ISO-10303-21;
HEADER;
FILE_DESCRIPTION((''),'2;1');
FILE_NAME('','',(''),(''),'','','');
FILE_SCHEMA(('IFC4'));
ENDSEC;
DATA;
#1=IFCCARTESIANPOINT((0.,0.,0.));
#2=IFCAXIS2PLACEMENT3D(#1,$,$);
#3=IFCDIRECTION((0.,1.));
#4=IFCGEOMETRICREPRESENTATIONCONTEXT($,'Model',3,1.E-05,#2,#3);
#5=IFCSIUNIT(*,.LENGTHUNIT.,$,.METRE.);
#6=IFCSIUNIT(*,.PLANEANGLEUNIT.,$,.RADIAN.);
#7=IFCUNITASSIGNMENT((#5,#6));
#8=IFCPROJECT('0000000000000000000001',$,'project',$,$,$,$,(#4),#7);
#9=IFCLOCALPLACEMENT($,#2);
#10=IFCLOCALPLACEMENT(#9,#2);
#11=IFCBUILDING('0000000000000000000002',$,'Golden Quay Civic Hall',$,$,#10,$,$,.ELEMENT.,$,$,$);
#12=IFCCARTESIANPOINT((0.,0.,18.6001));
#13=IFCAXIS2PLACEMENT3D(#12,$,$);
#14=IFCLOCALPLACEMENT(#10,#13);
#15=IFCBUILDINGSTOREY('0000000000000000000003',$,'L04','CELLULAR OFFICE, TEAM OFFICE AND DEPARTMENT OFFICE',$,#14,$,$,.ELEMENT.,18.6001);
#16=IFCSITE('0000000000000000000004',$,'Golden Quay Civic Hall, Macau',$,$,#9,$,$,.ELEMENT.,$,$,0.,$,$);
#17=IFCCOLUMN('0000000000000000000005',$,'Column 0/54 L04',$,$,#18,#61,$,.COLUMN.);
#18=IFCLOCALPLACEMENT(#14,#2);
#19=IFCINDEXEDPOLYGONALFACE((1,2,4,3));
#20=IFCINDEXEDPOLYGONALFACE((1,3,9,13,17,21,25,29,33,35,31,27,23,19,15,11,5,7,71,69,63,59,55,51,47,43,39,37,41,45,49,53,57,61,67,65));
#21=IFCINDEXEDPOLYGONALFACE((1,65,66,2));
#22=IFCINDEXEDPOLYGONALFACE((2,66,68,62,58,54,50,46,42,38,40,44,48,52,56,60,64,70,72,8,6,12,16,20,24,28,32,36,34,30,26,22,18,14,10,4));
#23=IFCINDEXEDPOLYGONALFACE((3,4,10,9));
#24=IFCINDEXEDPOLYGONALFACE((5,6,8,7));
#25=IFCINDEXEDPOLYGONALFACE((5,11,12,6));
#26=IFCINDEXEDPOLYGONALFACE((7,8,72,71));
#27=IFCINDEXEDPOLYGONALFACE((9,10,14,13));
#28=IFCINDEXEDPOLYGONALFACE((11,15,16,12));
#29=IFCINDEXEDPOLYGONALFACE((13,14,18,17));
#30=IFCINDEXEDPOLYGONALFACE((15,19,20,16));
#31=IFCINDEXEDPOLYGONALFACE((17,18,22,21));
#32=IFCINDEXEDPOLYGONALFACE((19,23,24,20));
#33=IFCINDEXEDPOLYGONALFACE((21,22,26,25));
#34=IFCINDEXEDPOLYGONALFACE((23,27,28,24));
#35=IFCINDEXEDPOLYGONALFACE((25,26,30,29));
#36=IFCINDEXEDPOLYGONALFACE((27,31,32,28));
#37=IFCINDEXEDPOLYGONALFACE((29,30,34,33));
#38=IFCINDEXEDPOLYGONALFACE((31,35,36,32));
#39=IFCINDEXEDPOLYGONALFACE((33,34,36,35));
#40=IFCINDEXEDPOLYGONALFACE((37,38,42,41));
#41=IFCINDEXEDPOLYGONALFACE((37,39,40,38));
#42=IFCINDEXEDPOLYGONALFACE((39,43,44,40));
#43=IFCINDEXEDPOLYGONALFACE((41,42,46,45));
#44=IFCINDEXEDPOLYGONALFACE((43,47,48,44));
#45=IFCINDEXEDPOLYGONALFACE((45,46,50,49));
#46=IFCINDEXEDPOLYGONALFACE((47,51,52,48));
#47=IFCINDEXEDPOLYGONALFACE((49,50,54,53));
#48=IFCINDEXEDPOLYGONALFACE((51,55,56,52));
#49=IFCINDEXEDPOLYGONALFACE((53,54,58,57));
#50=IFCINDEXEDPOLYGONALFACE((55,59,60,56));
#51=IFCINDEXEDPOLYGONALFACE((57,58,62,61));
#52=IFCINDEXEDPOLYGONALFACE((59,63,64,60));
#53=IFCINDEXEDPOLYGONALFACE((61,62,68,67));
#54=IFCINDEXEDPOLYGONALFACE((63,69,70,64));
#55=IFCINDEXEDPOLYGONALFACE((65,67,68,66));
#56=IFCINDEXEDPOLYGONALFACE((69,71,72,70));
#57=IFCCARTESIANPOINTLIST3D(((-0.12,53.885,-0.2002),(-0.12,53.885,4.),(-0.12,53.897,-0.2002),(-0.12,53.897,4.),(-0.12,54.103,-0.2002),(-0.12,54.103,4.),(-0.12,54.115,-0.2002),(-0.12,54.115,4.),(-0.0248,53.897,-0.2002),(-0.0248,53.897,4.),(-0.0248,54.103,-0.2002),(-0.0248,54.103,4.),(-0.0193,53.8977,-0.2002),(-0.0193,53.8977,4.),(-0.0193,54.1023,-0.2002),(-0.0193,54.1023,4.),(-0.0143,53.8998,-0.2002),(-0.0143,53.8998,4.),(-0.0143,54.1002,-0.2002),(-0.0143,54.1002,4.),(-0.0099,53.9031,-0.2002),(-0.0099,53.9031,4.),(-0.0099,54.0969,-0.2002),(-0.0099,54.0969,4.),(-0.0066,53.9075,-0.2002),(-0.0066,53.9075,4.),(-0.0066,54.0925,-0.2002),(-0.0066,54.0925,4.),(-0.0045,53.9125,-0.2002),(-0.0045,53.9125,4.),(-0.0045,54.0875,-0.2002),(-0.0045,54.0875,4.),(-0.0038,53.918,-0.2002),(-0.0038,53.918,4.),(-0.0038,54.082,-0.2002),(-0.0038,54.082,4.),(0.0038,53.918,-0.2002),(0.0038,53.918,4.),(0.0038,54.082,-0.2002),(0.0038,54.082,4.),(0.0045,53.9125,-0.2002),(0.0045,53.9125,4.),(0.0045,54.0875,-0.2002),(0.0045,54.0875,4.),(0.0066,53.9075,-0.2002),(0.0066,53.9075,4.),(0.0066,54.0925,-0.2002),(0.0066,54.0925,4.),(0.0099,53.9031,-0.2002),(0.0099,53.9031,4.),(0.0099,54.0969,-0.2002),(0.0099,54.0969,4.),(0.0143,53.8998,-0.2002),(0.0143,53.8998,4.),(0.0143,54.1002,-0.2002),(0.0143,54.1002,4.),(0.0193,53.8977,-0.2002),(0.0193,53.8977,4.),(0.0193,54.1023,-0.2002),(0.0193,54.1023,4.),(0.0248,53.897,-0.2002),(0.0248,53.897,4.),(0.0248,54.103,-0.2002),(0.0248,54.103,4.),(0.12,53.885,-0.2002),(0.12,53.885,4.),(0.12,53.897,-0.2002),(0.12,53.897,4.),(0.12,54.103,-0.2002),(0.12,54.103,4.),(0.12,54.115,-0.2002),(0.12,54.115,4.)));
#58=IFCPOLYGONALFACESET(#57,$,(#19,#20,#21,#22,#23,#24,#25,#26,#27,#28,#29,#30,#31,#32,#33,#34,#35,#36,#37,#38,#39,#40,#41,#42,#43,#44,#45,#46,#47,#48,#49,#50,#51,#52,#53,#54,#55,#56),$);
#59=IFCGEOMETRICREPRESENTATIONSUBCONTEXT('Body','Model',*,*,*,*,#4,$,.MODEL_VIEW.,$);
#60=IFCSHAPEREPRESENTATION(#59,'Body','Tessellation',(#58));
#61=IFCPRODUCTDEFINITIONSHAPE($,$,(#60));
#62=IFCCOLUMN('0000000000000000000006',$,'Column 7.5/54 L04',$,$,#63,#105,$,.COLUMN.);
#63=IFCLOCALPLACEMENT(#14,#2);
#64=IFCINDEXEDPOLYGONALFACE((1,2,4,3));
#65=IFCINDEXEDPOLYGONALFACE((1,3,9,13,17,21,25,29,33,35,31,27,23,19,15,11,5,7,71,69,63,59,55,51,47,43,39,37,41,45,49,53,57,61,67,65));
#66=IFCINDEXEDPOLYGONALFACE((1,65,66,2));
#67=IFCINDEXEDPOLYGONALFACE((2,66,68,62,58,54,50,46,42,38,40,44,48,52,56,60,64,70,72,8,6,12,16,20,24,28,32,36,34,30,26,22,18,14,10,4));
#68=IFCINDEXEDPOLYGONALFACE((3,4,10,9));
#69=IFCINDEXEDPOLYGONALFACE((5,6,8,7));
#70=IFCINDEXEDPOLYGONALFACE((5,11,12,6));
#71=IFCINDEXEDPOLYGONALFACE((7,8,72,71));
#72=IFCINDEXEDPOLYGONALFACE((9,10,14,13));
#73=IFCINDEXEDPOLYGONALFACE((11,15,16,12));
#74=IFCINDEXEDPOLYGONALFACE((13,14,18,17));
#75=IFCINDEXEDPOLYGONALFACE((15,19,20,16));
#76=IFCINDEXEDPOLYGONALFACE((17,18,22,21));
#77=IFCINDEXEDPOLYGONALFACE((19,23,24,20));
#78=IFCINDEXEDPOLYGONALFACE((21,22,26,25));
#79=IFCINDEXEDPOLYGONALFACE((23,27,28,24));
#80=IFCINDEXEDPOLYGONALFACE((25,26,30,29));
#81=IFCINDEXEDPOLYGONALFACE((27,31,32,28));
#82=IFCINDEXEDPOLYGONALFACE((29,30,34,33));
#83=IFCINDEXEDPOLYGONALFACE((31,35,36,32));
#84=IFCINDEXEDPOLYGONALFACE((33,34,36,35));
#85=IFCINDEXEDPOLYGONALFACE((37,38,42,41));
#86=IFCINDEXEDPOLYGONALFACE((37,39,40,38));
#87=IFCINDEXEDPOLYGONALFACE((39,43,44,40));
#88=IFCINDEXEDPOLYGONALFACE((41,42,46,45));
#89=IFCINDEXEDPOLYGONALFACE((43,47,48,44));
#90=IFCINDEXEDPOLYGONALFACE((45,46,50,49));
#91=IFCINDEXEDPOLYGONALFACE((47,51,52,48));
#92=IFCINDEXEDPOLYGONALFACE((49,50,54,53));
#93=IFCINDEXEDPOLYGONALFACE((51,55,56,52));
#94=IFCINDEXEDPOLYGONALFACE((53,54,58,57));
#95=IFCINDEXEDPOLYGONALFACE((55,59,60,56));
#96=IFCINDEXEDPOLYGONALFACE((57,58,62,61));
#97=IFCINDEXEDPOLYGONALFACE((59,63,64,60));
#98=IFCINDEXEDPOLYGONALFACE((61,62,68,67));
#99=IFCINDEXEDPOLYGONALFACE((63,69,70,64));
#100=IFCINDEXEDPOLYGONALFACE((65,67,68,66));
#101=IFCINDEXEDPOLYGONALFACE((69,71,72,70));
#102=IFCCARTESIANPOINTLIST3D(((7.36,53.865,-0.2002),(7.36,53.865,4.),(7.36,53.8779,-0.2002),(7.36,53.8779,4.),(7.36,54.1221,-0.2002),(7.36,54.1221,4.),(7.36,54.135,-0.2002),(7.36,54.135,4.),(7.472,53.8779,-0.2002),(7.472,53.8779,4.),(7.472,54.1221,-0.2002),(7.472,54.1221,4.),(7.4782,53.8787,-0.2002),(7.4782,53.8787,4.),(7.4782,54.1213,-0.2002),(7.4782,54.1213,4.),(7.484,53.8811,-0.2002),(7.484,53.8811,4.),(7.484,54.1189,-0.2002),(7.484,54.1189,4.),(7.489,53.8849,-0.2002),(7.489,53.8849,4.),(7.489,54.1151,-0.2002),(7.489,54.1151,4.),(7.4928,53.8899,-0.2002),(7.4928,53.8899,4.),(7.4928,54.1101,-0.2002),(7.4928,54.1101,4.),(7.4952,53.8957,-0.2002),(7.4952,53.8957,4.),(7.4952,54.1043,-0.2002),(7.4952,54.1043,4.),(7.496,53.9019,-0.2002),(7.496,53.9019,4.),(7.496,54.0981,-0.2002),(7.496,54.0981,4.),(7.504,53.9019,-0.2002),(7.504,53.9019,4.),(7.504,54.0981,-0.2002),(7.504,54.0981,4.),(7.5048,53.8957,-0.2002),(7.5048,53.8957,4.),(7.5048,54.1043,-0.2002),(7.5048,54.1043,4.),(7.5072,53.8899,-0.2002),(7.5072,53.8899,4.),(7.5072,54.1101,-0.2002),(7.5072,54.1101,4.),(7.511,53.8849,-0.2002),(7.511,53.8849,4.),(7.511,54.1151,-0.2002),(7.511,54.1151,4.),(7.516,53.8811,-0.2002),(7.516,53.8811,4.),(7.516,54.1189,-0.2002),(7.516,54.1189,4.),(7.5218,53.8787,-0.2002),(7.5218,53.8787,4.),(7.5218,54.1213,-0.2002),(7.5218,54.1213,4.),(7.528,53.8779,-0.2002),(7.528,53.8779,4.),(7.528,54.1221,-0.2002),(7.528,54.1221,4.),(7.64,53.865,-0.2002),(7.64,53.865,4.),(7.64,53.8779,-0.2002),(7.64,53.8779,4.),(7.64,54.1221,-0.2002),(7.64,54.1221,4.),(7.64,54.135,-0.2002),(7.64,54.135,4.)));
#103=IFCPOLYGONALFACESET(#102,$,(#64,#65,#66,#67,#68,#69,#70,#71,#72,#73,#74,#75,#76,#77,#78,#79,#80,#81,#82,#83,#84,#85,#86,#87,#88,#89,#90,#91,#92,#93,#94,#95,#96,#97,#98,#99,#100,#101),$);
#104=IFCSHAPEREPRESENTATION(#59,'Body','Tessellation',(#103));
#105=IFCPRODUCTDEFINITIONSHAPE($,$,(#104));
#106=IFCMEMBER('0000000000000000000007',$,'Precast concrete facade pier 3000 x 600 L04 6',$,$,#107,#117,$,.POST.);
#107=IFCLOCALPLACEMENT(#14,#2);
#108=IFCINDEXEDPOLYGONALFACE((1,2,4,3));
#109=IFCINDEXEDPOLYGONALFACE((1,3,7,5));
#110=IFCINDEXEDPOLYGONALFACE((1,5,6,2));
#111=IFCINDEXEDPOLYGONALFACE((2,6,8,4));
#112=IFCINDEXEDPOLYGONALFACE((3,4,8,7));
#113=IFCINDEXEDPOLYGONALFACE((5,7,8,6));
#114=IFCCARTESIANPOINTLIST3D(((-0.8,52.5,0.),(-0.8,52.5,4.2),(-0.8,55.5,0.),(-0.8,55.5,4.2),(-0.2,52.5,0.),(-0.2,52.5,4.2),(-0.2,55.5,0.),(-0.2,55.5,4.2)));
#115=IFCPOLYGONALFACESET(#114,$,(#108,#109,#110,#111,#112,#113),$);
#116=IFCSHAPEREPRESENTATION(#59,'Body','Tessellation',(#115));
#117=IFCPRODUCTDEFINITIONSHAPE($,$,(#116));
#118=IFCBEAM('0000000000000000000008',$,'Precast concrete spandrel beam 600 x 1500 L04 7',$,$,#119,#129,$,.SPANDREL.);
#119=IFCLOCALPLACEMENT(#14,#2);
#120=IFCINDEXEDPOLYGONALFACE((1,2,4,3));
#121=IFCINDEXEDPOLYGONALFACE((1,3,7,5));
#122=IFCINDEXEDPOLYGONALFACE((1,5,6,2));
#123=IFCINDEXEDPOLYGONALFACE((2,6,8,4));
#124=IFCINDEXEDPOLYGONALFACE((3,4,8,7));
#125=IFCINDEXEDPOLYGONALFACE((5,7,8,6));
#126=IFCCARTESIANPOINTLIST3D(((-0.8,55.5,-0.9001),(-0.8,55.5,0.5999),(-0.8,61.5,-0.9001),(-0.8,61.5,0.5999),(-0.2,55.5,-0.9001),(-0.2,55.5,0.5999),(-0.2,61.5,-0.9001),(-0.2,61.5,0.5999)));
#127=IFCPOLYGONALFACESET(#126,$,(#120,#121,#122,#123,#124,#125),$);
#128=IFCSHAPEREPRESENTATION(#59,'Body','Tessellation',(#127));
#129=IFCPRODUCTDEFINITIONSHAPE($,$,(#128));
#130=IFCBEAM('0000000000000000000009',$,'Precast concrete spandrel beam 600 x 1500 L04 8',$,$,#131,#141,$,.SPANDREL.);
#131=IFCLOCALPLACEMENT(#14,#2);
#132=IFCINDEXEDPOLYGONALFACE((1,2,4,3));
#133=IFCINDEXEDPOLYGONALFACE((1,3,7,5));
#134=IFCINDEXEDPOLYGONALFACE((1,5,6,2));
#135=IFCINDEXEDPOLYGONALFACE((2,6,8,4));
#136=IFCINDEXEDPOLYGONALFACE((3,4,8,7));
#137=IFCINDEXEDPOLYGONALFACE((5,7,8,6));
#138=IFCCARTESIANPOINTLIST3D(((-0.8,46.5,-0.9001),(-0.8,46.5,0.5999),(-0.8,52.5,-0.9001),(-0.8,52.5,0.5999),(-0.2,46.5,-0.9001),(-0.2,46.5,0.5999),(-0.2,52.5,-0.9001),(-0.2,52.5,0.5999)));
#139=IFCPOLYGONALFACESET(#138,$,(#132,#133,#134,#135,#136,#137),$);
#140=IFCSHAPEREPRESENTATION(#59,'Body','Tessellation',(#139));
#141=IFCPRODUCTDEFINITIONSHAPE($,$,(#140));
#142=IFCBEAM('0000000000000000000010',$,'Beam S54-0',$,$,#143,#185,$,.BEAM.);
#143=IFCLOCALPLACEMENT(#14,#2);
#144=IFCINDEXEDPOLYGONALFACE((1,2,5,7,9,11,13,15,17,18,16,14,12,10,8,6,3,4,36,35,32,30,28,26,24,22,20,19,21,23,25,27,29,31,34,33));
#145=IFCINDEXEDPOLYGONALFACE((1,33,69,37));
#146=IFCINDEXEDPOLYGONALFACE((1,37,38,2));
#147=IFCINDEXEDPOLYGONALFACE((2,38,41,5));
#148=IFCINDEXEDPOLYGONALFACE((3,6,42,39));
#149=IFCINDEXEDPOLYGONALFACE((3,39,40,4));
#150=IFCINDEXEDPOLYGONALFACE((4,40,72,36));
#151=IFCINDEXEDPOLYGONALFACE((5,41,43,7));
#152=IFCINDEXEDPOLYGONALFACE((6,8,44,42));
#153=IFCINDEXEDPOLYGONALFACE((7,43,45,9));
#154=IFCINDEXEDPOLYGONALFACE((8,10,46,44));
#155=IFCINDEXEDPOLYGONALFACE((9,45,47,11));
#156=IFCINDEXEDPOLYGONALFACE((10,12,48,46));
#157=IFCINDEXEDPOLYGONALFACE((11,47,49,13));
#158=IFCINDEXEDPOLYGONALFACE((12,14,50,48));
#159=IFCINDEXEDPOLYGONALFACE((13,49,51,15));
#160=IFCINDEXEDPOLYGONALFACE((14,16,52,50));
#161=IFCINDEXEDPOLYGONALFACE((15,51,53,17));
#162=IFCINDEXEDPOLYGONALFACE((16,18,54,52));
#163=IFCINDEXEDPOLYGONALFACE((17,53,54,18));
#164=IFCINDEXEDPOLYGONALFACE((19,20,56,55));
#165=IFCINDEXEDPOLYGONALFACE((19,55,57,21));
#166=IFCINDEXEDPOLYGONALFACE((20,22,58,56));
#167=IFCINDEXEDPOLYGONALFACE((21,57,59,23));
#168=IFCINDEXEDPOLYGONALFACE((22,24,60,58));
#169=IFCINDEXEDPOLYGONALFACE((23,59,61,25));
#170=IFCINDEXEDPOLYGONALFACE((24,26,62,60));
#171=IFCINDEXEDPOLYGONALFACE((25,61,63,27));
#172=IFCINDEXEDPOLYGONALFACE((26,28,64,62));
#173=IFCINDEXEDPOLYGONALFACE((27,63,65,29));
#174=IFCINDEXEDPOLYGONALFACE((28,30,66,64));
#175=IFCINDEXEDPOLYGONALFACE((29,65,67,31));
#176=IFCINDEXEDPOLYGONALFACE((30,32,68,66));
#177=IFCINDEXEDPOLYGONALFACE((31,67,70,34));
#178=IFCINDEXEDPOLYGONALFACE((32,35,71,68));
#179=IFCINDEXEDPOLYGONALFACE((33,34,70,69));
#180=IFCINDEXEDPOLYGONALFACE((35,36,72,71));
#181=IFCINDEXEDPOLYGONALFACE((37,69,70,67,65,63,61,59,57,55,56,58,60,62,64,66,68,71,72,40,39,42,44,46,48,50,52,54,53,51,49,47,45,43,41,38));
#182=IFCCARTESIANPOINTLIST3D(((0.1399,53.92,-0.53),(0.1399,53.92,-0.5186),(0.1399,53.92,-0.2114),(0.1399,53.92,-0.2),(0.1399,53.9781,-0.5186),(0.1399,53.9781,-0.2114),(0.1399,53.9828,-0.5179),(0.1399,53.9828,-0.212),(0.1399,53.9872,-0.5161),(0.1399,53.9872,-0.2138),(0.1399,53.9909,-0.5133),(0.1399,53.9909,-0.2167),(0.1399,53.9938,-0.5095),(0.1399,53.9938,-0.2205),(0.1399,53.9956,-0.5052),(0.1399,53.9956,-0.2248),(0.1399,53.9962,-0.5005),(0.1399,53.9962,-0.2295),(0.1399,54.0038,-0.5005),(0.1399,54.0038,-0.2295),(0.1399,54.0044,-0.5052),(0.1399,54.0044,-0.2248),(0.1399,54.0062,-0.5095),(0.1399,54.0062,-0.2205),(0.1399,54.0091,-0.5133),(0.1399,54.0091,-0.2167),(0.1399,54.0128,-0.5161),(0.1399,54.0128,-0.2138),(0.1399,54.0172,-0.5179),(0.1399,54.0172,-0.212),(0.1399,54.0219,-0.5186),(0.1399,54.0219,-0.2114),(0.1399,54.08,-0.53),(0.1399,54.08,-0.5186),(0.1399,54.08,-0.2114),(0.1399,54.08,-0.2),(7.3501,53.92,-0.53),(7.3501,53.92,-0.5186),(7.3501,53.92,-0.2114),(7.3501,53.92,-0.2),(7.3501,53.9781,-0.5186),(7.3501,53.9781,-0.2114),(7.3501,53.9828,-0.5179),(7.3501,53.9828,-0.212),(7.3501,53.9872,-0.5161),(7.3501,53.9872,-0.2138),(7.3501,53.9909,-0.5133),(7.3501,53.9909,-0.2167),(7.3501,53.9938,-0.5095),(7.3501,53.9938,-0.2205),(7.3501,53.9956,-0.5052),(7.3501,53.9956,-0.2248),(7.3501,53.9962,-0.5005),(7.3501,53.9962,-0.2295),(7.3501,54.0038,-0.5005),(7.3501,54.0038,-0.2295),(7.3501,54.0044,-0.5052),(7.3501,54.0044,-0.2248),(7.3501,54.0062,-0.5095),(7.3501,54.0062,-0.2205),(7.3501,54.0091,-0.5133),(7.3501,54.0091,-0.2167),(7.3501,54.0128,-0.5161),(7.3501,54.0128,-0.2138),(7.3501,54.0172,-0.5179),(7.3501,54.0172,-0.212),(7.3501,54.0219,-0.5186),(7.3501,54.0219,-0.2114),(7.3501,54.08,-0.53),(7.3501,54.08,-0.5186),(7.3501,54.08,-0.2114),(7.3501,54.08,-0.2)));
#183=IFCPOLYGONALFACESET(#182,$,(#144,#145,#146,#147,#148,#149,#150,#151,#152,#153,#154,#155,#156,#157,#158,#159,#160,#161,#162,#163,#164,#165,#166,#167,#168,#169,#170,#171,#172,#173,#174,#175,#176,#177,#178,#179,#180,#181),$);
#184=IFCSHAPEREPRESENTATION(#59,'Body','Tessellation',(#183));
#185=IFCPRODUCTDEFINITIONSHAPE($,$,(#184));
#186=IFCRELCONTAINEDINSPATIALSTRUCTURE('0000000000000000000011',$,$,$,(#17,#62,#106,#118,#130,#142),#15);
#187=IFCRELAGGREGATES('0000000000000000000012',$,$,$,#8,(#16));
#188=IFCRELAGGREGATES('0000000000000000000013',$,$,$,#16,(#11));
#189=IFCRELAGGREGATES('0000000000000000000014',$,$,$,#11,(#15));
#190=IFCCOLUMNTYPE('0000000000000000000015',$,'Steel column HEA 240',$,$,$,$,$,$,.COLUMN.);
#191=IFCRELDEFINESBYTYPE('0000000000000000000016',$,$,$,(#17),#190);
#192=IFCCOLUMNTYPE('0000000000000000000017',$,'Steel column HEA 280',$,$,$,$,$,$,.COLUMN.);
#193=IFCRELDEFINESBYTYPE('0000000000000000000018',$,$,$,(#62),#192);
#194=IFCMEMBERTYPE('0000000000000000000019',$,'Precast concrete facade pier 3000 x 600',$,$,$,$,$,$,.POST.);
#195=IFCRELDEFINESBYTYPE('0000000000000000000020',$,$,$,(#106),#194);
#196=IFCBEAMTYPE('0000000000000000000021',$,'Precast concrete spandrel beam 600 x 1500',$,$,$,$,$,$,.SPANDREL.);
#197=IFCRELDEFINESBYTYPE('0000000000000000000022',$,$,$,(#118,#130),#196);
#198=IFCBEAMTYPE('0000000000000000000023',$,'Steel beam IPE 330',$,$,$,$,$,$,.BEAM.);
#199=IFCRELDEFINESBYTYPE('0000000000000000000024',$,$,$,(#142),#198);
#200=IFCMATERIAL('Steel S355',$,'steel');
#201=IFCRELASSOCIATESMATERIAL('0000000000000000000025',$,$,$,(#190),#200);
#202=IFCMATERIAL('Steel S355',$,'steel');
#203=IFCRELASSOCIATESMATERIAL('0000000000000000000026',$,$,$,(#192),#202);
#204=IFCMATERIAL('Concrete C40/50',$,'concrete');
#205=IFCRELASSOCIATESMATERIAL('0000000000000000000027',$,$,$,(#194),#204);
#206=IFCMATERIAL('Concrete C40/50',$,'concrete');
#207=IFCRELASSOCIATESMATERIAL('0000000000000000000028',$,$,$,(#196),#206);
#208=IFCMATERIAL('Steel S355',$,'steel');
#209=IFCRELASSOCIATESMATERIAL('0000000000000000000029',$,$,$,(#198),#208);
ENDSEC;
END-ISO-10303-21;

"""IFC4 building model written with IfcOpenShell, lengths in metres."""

from ifc_helpers import new_model, si_unit, direction, frame, origin, origin_2d, place, context, subcontext, project, spatial, rectangle, i_section, extrude, material, material_profile, profile_set, type_object, element, save


model = new_model("IFC4")

# Units and contexts
model_context = context("Model", 3, precision=1e-05, world=origin(), true_north=direction((0.0, 1.0)))
body_context = subcontext(model_context, "Body", "Model", "MODEL_VIEW")
ifc_project = project(units=[si_unit("LENGTHUNIT", "METRE"), si_unit("PLANEANGLEUNIT", "RADIAN")], contexts=[model_context])

# Site, building, storey
site_placement = place(None, origin())
site = spatial("IfcSite", under=ifc_project, at=site_placement, Name="Golden Quay Civic Hall, Macau", CompositionType="ELEMENT", RefElevation=0.0)
building_placement = place(site_placement, origin())
building = spatial("IfcBuilding", under=site, at=building_placement, Name="Golden Quay Civic Hall", CompositionType="ELEMENT")
storey_placement = place(building_placement, frame((0.0, 0.0, 18.6001)))
storey = spatial("IfcBuildingStorey", under=building, at=storey_placement, Name="L04", Description="CELLULAR OFFICE, TEAM OFFICE AND DEPARTMENT OFFICE", CompositionType="ELEMENT", Elevation=18.6001)

# Columns
ifc_material_1 = material(Name="Steel S355", Category="steel")
ifc_material_profile_1 = material_profile(ifc_material_1, i_section(OverallWidth=0.24, OverallDepth=0.23, WebThickness=0.0076, FlangeThickness=0.012, FilletRadius=0.021, at=origin_2d()), Name="HEA 240")
ifc_profile_set_1 = profile_set([ifc_material_profile_1], Name="Steel S355")
column_type_1 = type_object("IfcColumnType", Name="Steel column HEA 240", PredefinedType="COLUMN", material=ifc_profile_set_1)
column_1_placement = place(storey_placement, frame((0.0, 54.0, -0.2002), z_axis=(0.0, 0.0, 1.0), x_axis=(1.0, 0.0, 0.0)))
element("IfcColumn", 1, at=column_1_placement, inside=storey, type_object=column_type_1, Name="Column 0/54 L04", PredefinedType="COLUMN", context=body_context, shape_type="SweptSolid", body=[
    extrude(i_section(OverallWidth=0.24, OverallDepth=0.23, WebThickness=0.0076, FlangeThickness=0.012, FilletRadius=0.021, at=origin_2d()), origin(), (0.0, 0.0, 1.0), 4.2002),
])
ifc_material_2 = material(Name="Steel S355", Category="steel")
ifc_material_profile_2 = material_profile(ifc_material_2, i_section(OverallWidth=0.28, OverallDepth=0.27, WebThickness=0.0081, FlangeThickness=0.0129, FilletRadius=0.0239, at=origin_2d()), Name="HEA 280")
ifc_profile_set_2 = profile_set([ifc_material_profile_2], Name="Steel S355")
column_type_2 = type_object("IfcColumnType", Name="Steel column HEA 280", PredefinedType="COLUMN", material=ifc_profile_set_2)
column_2_placement = place(storey_placement, frame((7.5, 54.0, -0.2002), z_axis=(0.0, 0.0, 1.0), x_axis=(1.0, 0.0, 0.0)))
element("IfcColumn", 2, at=column_2_placement, inside=storey, type_object=column_type_2, Name="Column 7.5/54 L04", PredefinedType="COLUMN", context=body_context, shape_type="SweptSolid", body=[
    extrude(i_section(OverallWidth=0.28, OverallDepth=0.27, WebThickness=0.0081, FlangeThickness=0.0129, FilletRadius=0.0239, at=origin_2d()), origin(), (0.0, 0.0, 1.0), 4.2002),
])

# Member
ifc_material_3 = material(Name="Concrete C40/50", Category="concrete")
ifc_material_profile_3 = material_profile(ifc_material_3, rectangle(XDim=3.0, YDim=0.6001, at=origin_2d()), Name="RC 3000x600")
ifc_profile_set_3 = profile_set([ifc_material_profile_3], Name="Concrete C40/50")
member_type = type_object("IfcMemberType", Name="Precast concrete facade pier 3000 x 600", PredefinedType="POST", material=ifc_profile_set_3)
member_placement = place(storey_placement, frame((-0.5, 54.0, 0.0), z_axis=(0.0, 0.0, 1.0), x_axis=(0.0, 1.0, 0.0)))
element("IfcMember", 3, at=member_placement, inside=storey, type_object=member_type, Name="Precast concrete facade pier 3000 x 600 L04 6", PredefinedType="POST", context=body_context, shape_type="SweptSolid", body=[
    extrude(rectangle(XDim=3.0, YDim=0.6001, at=origin_2d()), origin(), (0.0, 0.0, 1.0), 4.2),
])

# Beams
ifc_material_4 = material(Name="Concrete C40/50", Category="concrete")
ifc_material_profile_4 = material_profile(ifc_material_4, rectangle(XDim=0.6001, YDim=1.5, at=origin_2d()), Name="RC 600x1500")
ifc_profile_set_4 = profile_set([ifc_material_profile_4], Name="Concrete C40/50")
beam_type_1 = type_object("IfcBeamType", Name="Precast concrete spandrel beam 600 x 1500", PredefinedType="SPANDREL", material=ifc_profile_set_4)
for number, where, z_axis, x_axis, name in (
    (4, (-0.5, 55.5, -0.1501), (0.0, 1.0, 0.0), (-1.0, 0.0, 0.0), "Precast concrete spandrel beam 600 x 1500 L04 7"),
    (5, (-0.5, 46.5, -0.1501), (0.0, 1.0, 0.0), (-1.0, 0.0, 0.0), "Precast concrete spandrel beam 600 x 1500 L04 8"),
):
    element("IfcBeam", number, at=place(storey_placement, frame(where, z_axis=z_axis, x_axis=x_axis)), inside=storey, type_object=beam_type_1, Name=name, PredefinedType="SPANDREL", context=body_context, shape_type="SweptSolid", body=[
        extrude(rectangle(XDim=0.6001, YDim=1.5, at=origin_2d()), origin(), (0.0, 0.0, 1.0), 6.0),
    ])
ifc_material_5 = material(Name="Steel S355", Category="steel")
ifc_material_profile_5 = material_profile(ifc_material_5, i_section(OverallWidth=0.1599, OverallDepth=0.3301, WebThickness=0.0076, FlangeThickness=0.0115, FilletRadius=0.0181, at=origin_2d()), Name="IPE 330")
ifc_profile_set_5 = profile_set([ifc_material_profile_5], Name="Steel S355")
beam_type_2 = type_object("IfcBeamType", Name="Steel beam IPE 330", PredefinedType="BEAM", material=ifc_profile_set_5)
beam_placement = place(storey_placement, frame((0.1399, 54.0, -0.365), z_axis=(1.0, 0.0, 0.0), x_axis=(0.0, 1.0, 0.0)))
element("IfcBeam", 6, at=beam_placement, inside=storey, type_object=beam_type_2, Name="Beam S54-0", PredefinedType="BEAM", context=body_context, shape_type="SweptSolid", body=[
    extrude(i_section(OverallWidth=0.1599, OverallDepth=0.3301, WebThickness=0.0076, FlangeThickness=0.0115, FilletRadius=0.0181, at=origin_2d()), origin(), (0.0, 0.0, 1.0), 7.2102),
])

save(model, "model.ifc")
